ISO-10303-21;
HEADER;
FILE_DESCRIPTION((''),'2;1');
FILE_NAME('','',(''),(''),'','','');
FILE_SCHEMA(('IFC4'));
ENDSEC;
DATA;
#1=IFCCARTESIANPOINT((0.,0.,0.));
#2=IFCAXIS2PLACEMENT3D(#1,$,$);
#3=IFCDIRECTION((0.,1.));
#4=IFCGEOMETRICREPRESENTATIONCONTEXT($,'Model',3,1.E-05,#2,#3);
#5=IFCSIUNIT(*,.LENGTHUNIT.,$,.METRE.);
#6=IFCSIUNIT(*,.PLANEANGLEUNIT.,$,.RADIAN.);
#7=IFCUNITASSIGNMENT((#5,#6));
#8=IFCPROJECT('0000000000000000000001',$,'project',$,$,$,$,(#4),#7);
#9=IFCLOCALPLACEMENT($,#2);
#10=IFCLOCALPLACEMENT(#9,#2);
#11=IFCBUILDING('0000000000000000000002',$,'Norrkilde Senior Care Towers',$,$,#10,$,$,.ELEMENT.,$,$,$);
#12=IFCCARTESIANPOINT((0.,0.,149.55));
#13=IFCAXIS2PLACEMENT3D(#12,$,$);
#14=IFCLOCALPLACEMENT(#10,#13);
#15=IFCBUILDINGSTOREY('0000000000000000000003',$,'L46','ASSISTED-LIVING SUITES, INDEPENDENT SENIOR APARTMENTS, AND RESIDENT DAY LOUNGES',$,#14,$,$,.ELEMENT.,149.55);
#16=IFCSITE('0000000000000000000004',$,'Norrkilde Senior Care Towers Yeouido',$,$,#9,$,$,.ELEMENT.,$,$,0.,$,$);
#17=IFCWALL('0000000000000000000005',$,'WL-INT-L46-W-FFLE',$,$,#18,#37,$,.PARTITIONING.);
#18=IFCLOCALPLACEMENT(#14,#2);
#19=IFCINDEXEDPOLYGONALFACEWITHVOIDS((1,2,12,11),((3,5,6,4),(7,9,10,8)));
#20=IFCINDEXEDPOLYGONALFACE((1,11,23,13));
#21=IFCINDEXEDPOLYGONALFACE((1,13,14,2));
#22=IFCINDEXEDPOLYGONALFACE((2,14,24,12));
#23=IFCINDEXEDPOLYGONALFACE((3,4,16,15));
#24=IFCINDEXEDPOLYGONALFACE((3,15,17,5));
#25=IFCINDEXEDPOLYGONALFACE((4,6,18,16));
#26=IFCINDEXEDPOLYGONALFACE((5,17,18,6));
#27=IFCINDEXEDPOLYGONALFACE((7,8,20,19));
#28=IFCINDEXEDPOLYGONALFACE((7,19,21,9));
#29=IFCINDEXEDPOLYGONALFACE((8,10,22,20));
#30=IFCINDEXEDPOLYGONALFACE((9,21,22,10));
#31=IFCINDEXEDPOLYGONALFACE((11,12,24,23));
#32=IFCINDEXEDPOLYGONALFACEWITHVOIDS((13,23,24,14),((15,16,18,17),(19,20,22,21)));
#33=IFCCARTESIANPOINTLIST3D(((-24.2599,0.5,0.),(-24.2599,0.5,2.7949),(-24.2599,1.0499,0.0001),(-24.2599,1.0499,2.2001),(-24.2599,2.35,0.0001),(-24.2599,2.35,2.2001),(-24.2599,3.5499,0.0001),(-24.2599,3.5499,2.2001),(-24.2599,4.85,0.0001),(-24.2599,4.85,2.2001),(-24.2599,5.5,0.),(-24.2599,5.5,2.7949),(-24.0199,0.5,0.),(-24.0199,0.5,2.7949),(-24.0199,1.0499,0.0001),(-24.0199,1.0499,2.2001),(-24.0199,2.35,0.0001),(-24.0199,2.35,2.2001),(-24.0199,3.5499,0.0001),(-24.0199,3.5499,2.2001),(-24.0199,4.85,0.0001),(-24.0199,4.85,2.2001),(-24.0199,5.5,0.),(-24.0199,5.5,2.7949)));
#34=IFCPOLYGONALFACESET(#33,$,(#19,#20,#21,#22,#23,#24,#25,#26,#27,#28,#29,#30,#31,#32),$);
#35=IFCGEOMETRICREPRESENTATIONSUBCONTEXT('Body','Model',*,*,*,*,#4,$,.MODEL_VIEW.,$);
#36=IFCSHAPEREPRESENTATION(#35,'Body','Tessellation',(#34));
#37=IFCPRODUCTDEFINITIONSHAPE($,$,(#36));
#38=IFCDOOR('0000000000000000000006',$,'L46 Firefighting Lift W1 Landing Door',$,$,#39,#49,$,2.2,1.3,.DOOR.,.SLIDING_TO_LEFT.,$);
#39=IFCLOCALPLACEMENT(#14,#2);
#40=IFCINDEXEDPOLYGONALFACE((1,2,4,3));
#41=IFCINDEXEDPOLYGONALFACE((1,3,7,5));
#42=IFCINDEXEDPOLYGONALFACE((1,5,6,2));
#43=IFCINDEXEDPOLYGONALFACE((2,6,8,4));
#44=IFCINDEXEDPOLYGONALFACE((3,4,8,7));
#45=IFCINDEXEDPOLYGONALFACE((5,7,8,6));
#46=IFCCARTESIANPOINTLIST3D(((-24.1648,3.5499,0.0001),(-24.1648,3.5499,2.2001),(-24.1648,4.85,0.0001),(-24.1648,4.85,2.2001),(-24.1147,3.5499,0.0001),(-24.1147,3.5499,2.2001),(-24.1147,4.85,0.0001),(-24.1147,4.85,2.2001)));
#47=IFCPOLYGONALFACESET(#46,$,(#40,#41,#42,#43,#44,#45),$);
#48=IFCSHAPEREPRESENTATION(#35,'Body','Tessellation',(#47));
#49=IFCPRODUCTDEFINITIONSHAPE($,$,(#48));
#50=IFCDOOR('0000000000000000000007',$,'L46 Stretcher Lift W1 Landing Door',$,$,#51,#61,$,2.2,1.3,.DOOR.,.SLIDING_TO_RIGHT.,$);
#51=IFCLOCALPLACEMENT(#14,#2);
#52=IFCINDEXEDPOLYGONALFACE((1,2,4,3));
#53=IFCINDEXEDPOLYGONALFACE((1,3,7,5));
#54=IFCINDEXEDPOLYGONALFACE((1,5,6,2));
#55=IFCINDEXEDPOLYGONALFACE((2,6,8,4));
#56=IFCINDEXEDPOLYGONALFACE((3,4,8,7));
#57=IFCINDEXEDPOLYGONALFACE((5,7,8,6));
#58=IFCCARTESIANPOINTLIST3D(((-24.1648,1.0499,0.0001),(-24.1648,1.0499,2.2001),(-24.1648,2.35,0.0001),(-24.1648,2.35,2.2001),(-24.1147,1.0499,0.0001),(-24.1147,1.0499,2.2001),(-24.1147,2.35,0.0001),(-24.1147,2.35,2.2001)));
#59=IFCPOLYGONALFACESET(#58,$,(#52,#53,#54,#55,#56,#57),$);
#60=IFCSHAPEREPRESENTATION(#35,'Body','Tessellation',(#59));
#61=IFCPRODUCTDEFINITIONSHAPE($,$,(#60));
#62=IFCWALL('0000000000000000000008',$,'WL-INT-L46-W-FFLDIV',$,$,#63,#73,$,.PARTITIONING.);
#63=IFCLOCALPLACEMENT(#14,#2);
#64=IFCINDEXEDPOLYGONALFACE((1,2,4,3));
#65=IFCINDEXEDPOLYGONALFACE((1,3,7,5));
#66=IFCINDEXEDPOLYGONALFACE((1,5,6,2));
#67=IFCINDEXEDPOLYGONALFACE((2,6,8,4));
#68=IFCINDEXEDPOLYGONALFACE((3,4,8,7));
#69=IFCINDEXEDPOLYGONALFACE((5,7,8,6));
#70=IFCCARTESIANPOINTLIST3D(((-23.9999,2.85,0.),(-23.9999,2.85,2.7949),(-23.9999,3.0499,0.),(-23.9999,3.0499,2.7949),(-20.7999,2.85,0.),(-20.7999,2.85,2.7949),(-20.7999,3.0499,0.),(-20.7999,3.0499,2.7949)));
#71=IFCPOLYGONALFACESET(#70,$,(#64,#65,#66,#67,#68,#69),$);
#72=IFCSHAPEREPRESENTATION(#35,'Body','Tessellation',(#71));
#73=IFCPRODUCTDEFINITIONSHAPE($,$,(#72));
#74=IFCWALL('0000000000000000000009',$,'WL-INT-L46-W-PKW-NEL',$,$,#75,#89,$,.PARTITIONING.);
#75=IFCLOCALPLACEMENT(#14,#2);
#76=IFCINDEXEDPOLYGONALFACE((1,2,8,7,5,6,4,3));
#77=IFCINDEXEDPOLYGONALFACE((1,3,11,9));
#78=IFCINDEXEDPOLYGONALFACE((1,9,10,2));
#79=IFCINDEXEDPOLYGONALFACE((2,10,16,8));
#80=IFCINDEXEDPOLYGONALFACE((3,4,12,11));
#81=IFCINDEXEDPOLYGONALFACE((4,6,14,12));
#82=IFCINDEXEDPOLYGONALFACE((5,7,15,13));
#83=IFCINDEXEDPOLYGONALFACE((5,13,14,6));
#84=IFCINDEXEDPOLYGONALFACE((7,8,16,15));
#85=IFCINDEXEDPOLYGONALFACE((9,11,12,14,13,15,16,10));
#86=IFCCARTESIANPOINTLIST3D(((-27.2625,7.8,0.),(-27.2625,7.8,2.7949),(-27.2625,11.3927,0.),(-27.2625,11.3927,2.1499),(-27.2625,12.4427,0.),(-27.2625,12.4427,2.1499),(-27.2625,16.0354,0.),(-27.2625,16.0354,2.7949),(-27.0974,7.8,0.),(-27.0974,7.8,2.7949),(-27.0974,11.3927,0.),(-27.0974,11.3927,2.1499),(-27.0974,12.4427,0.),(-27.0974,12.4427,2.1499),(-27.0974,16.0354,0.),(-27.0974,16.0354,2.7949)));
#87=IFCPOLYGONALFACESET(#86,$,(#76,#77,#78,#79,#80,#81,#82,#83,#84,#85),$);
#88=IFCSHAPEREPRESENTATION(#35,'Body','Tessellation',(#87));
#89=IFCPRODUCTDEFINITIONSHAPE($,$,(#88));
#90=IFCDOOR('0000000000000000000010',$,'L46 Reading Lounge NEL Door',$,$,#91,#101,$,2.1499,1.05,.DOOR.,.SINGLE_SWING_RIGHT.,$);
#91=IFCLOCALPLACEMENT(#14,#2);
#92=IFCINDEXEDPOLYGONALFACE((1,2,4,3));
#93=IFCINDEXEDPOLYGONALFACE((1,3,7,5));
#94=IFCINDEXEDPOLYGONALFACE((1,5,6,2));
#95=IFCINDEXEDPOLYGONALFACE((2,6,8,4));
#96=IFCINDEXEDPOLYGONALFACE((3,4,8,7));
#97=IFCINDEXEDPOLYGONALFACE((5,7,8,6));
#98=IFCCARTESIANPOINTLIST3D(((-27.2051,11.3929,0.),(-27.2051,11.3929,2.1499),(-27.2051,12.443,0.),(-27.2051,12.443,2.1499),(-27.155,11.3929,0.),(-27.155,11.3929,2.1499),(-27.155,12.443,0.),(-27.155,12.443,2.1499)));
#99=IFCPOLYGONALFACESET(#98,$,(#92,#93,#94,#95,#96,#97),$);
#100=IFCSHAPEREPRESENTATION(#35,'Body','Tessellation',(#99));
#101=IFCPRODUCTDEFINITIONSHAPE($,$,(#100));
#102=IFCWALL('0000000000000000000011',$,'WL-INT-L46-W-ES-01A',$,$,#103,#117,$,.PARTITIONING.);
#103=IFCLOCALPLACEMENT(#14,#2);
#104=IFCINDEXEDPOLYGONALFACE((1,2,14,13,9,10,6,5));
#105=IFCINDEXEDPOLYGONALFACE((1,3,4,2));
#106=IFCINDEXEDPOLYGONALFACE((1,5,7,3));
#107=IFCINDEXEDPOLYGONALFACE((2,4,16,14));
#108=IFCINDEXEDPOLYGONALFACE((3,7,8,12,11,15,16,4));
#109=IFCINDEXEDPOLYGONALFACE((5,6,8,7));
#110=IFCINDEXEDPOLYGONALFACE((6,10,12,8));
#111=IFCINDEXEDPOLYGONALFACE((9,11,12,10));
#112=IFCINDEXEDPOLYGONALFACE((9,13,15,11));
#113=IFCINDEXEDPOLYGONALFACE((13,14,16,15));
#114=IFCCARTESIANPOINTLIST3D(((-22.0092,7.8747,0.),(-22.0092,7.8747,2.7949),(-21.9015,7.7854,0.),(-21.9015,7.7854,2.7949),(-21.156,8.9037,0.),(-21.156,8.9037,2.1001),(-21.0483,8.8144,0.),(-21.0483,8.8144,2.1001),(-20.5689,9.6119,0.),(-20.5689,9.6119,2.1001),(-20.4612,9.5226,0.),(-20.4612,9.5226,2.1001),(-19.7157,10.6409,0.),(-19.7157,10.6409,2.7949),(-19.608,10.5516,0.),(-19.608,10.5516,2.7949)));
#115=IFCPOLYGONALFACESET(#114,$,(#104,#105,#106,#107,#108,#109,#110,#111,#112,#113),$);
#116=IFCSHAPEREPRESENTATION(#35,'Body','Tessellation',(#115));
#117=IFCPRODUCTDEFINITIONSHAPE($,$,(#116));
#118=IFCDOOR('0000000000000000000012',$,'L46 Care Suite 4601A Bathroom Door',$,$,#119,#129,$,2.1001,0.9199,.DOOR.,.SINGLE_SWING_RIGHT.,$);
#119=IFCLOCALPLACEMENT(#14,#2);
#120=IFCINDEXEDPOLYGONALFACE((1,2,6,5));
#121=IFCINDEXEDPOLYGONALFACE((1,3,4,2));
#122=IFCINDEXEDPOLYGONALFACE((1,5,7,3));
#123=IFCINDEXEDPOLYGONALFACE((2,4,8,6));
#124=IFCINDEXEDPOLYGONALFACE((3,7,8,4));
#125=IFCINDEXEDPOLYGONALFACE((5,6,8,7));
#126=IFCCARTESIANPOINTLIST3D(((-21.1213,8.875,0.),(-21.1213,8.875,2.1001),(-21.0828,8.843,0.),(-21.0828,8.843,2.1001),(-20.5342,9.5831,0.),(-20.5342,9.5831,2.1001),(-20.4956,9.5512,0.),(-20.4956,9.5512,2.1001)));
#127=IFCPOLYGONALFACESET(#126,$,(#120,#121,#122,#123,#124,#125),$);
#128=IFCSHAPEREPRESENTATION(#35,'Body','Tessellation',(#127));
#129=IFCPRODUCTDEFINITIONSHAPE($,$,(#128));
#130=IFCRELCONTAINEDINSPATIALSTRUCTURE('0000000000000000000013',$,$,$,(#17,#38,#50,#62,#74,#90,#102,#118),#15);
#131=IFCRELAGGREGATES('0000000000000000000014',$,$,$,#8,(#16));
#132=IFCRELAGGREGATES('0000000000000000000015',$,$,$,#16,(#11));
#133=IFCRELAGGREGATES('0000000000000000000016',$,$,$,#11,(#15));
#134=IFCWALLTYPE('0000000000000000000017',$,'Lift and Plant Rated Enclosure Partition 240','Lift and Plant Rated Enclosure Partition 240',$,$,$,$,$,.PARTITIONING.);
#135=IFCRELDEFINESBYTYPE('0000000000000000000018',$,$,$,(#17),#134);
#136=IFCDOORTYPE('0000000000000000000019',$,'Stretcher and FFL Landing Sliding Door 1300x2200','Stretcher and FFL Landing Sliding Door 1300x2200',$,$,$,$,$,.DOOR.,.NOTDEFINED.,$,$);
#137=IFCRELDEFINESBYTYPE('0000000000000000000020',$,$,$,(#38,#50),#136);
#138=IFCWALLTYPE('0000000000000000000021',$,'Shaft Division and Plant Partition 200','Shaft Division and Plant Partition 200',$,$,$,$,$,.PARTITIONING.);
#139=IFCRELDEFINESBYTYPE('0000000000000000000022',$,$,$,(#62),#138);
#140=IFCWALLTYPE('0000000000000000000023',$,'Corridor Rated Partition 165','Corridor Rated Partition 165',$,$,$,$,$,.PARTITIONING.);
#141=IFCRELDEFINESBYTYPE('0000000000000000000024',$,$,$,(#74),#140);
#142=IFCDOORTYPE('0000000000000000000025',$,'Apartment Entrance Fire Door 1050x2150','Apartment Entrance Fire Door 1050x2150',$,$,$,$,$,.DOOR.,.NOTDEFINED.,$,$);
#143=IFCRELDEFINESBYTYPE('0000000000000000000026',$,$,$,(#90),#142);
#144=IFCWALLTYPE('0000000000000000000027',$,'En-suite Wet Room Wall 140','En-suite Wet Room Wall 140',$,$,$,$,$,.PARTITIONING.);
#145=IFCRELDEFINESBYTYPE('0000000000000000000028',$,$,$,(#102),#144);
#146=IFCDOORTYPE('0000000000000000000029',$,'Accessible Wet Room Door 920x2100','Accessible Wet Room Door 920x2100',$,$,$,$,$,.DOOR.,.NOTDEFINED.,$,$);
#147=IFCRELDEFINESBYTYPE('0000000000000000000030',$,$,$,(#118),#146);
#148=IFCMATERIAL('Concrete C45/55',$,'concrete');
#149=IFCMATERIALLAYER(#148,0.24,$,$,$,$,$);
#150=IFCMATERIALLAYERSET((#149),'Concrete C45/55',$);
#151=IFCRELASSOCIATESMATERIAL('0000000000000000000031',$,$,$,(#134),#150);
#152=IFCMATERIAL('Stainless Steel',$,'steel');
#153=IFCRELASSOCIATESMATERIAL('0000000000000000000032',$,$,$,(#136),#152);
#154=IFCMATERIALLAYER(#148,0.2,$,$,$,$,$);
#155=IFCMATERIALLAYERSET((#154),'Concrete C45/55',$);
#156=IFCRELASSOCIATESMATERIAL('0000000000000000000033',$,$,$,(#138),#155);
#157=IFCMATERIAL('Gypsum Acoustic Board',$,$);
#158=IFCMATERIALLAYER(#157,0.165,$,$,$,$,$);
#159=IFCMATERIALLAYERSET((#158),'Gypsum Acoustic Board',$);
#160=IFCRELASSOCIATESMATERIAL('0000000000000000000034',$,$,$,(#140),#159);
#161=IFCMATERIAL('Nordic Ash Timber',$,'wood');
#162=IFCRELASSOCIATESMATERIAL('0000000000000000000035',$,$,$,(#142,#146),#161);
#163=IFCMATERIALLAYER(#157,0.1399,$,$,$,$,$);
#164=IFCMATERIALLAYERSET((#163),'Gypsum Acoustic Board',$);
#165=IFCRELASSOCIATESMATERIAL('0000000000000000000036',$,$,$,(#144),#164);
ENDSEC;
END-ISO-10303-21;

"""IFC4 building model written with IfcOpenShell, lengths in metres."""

from ifc_helpers import new_model, si_unit, direction, frame, frame_2d, origin, place, context, subcontext, project, spatial, rectangle, extrude, source, transform, mapped, material, layer, layer_set, type_object, type_shapes, element, fill, save


model = new_model("IFC4")

# Units and contexts
model_context = context("Model", 3, precision=1e-05, world=origin(), true_north=direction((0.0, 1.0)))
body_context = subcontext(model_context, "Body", "Model", "MODEL_VIEW")
ifc_project = project(units=[si_unit("LENGTHUNIT", "METRE"), si_unit("PLANEANGLEUNIT", "RADIAN")], contexts=[model_context])

# Site, building, storey
site_placement = place(None, origin())
site = spatial("IfcSite", under=ifc_project, at=site_placement, Name="Norrkilde Senior Care Towers Yeouido", CompositionType="ELEMENT", RefElevation=0.0)
building_placement = place(site_placement, origin())
building = spatial("IfcBuilding", under=site, at=building_placement, Name="Norrkilde Senior Care Towers", CompositionType="ELEMENT")
storey_placement = place(building_placement, frame((0.0, 0.0, 149.55)))
storey = spatial("IfcBuildingStorey", under=building, at=storey_placement, Name="L46", Description="ASSISTED-LIVING SUITES, INDEPENDENT SENIOR APARTMENTS, AND RESIDENT DAY LOUNGES", CompositionType="ELEMENT", Elevation=149.55)

# Shared definitions
ifc_material_1 = material(Name="Concrete C45/55", Category="concrete")

# Wall, openings, doors
ifc_layer_1 = layer(ifc_material_1, 0.24)
ifc_layer_set_1 = layer_set([ifc_layer_1], Name="Concrete C45/55")
wall_type_1 = type_object("IfcWallType", Name="Lift and Plant Rated Enclosure Partition 240", Description="Lift and Plant Rated Enclosure Partition 240", PredefinedType="PARTITIONING", material=ifc_layer_set_1)
shared_shape_1 = source(origin(), body_context, "Body", "SweptSolid", [
    extrude(rectangle(XDim=5.0, YDim=0.24, at=frame_2d((2.5, 0.0))), origin(), (0.0, 0.0, 1.0), 2.7949),
])
type_shapes(wall_type_1, [shared_shape_1])
wall_1_placement = place(storey_placement, frame((-24.1399, 0.5, 0.0), z_axis=(0.0, 0.0, 1.0), x_axis=(0.0, 1.0, 0.0)))
wall_1 = element("IfcWall", 1, at=wall_1_placement, inside=storey, type_object=wall_type_1, Name="WL-INT-L46-W-FFLE", PredefinedType="PARTITIONING", context=body_context, shape_type="MappedRepresentation", body=[
    mapped(shared_shape_1, transform((0.0, 0.0, 0.0), x_axis=(1.0, 0.0, 0.0), y_axis=(0.0, 1.0, 0.0), z_axis=(0.0, 0.0, 1.0), scale=1.0)),
])
opening_1_placement = place(wall_1_placement, frame((3.05, 0.0, 0.0)))
opening_1 = element("IfcOpeningElement", 2, at=opening_1_placement, cuts=wall_1, PredefinedType="OPENING", context=body_context, shape_type="SweptSolid", body=[
    extrude(rectangle(XDim=1.3, YDim=2.2, at=frame_2d((0.6499, 1.1001))), frame((0.0, 0.1299, 0.0), z_axis=(0.0, -1.0, 0.0), x_axis=(1.0, 0.0, 0.0)), (0.0, 0.0, 1.0), 0.26),
])
opening_2_placement = place(wall_1_placement, frame((0.55, 0.0, 0.0)))
opening_2 = element("IfcOpeningElement", 3, at=opening_2_placement, cuts=wall_1, PredefinedType="OPENING", context=body_context, shape_type="SweptSolid", body=[
    extrude(rectangle(XDim=1.3, YDim=2.2, at=frame_2d((0.6499, 1.1001))), frame((0.0, 0.1299, 0.0), z_axis=(0.0, -1.0, 0.0), x_axis=(1.0, 0.0, 0.0)), (0.0, 0.0, 1.0), 0.26),
])
ifc_material_2 = material(Name="Stainless Steel", Category="steel")
door_type_1 = type_object("IfcDoorType", Name="Stretcher and FFL Landing Sliding Door 1300x2200", Description="Stretcher and FFL Landing Sliding Door 1300x2200", OperationType="NOTDEFINED", PredefinedType="DOOR", material=ifc_material_2)
shared_shape_2 = source(origin(), body_context, "Body", "SweptSolid", [
    extrude(rectangle(XDim=1.3, YDim=2.2, at=frame_2d((0.6499, 1.1001))), frame((0.0, 0.0249, 0.0), z_axis=(0.0, -1.0, 0.0), x_axis=(1.0, 0.0, 0.0)), (0.0, 0.0, 1.0), 0.05),
])
type_shapes(door_type_1, [shared_shape_2])
door_1_placement = place(opening_1_placement, origin())
door_1 = element("IfcDoor", 4, at=door_1_placement, inside=storey, type_object=door_type_1, Name="L46 Firefighting Lift W1 Landing Door", OperationType="SLIDING_TO_LEFT", OverallHeight=2.2, OverallWidth=1.3, PredefinedType="DOOR", context=body_context, shape_type="MappedRepresentation", body=[
    mapped(shared_shape_2, transform((0.0, 0.0, 0.0), x_axis=(1.0, 0.0, 0.0), y_axis=(0.0, 1.0, 0.0), z_axis=(0.0, 0.0, 1.0), scale=1.0)),
])
fill(opening_1, door_1)
door_2_placement = place(opening_2_placement, origin())
door_2 = element("IfcDoor", 5, at=door_2_placement, inside=storey, type_object=door_type_1, Name="L46 Stretcher Lift W1 Landing Door", OperationType="SLIDING_TO_RIGHT", OverallHeight=2.2, OverallWidth=1.3, PredefinedType="DOOR", context=body_context, shape_type="MappedRepresentation", body=[
    mapped(shared_shape_2, transform((0.0, 0.0, 0.0), x_axis=(1.0, 0.0, 0.0), y_axis=(0.0, 1.0, 0.0), z_axis=(0.0, 0.0, 1.0), scale=1.0)),
])
fill(opening_2, door_2)

# Wall
ifc_layer_2 = layer(ifc_material_1, 0.2)
ifc_layer_set_2 = layer_set([ifc_layer_2], Name="Concrete C45/55")
wall_type_2 = type_object("IfcWallType", Name="Shaft Division and Plant Partition 200", Description="Shaft Division and Plant Partition 200", PredefinedType="PARTITIONING", material=ifc_layer_set_2)
shared_shape_3 = source(origin(), body_context, "Body", "SweptSolid", [
    extrude(rectangle(XDim=3.2, YDim=0.2, at=frame_2d((1.6001, 0.0))), origin(), (0.0, 0.0, 1.0), 2.7949),
])
type_shapes(wall_type_2, [shared_shape_3])
wall_2_placement = place(storey_placement, frame((-24.0, 2.95, 0.0), z_axis=(0.0, 0.0, 1.0), x_axis=(1.0, 0.0, 0.0)))
element("IfcWall", 6, at=wall_2_placement, inside=storey, type_object=wall_type_2, Name="WL-INT-L46-W-FFLDIV", PredefinedType="PARTITIONING", context=body_context, shape_type="MappedRepresentation", body=[
    mapped(shared_shape_3, transform((0.0, 0.0, 0.0), x_axis=(1.0, 0.0, 0.0), y_axis=(0.0, 1.0, 0.0), z_axis=(0.0, 0.0, 1.0), scale=1.0)),
])

# Shared definitions
ifc_material_3 = material(Name="Gypsum Acoustic Board")
ifc_layer_3 = layer(ifc_material_3, 0.165)
ifc_layer_set_3 = layer_set([ifc_layer_3], Name="Gypsum Acoustic Board")
wall_type_3 = type_object("IfcWallType", Name="Corridor Rated Partition 165", Description="Corridor Rated Partition 165", PredefinedType="PARTITIONING", material=ifc_layer_set_3)
ifc_material_4 = material(Name="Nordic Ash Timber", Category="wood")
door_type_2 = type_object("IfcDoorType", Name="Apartment Entrance Fire Door 1050x2150", Description="Apartment Entrance Fire Door 1050x2150", OperationType="NOTDEFINED", PredefinedType="DOOR", material=ifc_material_4)
shared_shape_4 = source(origin(), body_context, "Body", "SweptSolid", [
    extrude(rectangle(XDim=1.05, YDim=2.1499, at=frame_2d((0.5249, 1.075))), frame((0.0, 0.0249, 0.0), z_axis=(0.0, -1.0, 0.0), x_axis=(1.0, 0.0, 0.0)), (0.0, 0.0, 1.0), 0.05),
])
type_shapes(door_type_2, [shared_shape_4])

# Walls, openings, doors
shared_shape_5 = source(origin(), body_context, "Body", "SweptSolid", [
    extrude(rectangle(XDim=8.2354, YDim=0.165, at=frame_2d((4.1177, 0.0))), origin(), (0.0, 0.0, 1.0), 2.7949),
])
wall_3_placement = place(storey_placement, frame((-27.1799, 7.8, 0.0), z_axis=(0.0, 0.0, 1.0), x_axis=(0.0, 1.0, 0.0)))
wall_3 = element("IfcWall", 7, at=wall_3_placement, inside=storey, type_object=wall_type_3, Name="WL-INT-L46-W-PKW-NEL", PredefinedType="PARTITIONING", context=body_context, shape_type="MappedRepresentation", body=[
    mapped(shared_shape_5, transform((0.0, 0.0, 0.0), x_axis=(1.0, 0.0, 0.0), y_axis=(0.0, 1.0, 0.0), z_axis=(0.0, 0.0, 1.0), scale=1.0)),
])
opening_3_placement = place(wall_3_placement, frame((3.5928, 0.0, 0.0)))
opening_3 = element("IfcOpeningElement", 8, at=opening_3_placement, cuts=wall_3, PredefinedType="OPENING", context=body_context, shape_type="SweptSolid", body=[
    extrude(rectangle(XDim=1.05, YDim=2.1499, at=frame_2d((0.5249, 1.075))), frame((0.0, 0.0925, 0.0), z_axis=(0.0, -1.0, 0.0), x_axis=(1.0, 0.0, 0.0)), (0.0, 0.0, 1.0), 0.1851),
])
door_3_placement = place(opening_3_placement, frame((1.05, 0.0, 0.0), z_axis=(0.0, 0.0, 1.0), x_axis=(-1.0, 0.0, 0.0)))
door_3 = element("IfcDoor", 9, at=door_3_placement, inside=storey, type_object=door_type_2, Name="L46 Reading Lounge NEL Door", OperationType="SINGLE_SWING_RIGHT", OverallHeight=2.1499, OverallWidth=1.05, PredefinedType="DOOR", context=body_context, shape_type="MappedRepresentation", body=[
    mapped(shared_shape_4, transform((0.0, 0.0, 0.0), x_axis=(1.0, 0.0, 0.0), y_axis=(0.0, 1.0, 0.0), z_axis=(0.0, 0.0, 1.0), scale=1.0)),
])
fill(opening_3, door_3)
ifc_layer_4 = layer(ifc_material_3, 0.1399)
ifc_layer_set_4 = layer_set([ifc_layer_4], Name="Gypsum Acoustic Board")
wall_type_4 = type_object("IfcWallType", Name="En-suite Wet Room Wall 140", Description="En-suite Wet Room Wall 140", PredefinedType="PARTITIONING", material=ifc_layer_set_4)
shared_shape_6 = source(origin(), body_context, "Body", "SweptSolid", [
    extrude(rectangle(XDim=3.5933, YDim=0.1399, at=frame_2d((1.7966, 0.0))), origin(), (0.0, 0.0, 1.0), 2.7949),
])
type_shapes(wall_type_4, [shared_shape_6])
wall_4_placement = place(storey_placement, frame((-21.9553, 7.8301, 0.0), z_axis=(0.0, 0.0, 1.0), x_axis=(0.638271, 0.769812, 0.0)))
wall_4 = element("IfcWall", 10, at=wall_4_placement, inside=storey, type_object=wall_type_4, Name="WL-INT-L46-W-ES-01A", PredefinedType="PARTITIONING", context=body_context, shape_type="MappedRepresentation", body=[
    mapped(shared_shape_6, transform((0.0, 0.0, 0.0), x_axis=(1.0, 0.0, 0.0), y_axis=(0.0, 1.0, 0.0), z_axis=(0.0, 0.0, 1.0), scale=1.0)),
])
opening_4_placement = place(wall_4_placement, frame((1.3367, 0.0, 0.0)))
opening_4 = element("IfcOpeningElement", 11, at=opening_4_placement, cuts=wall_4, PredefinedType="OPENING", context=body_context, shape_type="SweptSolid", body=[
    extrude(rectangle(XDim=0.9199, YDim=2.1001, at=frame_2d((0.46, 1.05))), frame((0.0, 0.0798, 0.0), z_axis=(0.0, -1.0, 0.0), x_axis=(1.0, 0.0, 0.0)), (0.0, 0.0, 1.0), 0.1599),
])
door_type_3 = type_object("IfcDoorType", Name="Accessible Wet Room Door 920x2100", Description="Accessible Wet Room Door 920x2100", OperationType="NOTDEFINED", PredefinedType="DOOR", material=ifc_material_4)
shared_shape_7 = source(origin(), body_context, "Body", "SweptSolid", [
    extrude(rectangle(XDim=0.9199, YDim=2.1001, at=frame_2d((0.46, 1.05))), frame((0.0, 0.0249, 0.0), z_axis=(0.0, -1.0, 0.0), x_axis=(1.0, 0.0, 0.0)), (0.0, 0.0, 1.0), 0.05),
])
type_shapes(door_type_3, [shared_shape_7])
door_4_placement = place(opening_4_placement, origin())
door_4 = element("IfcDoor", 12, at=door_4_placement, inside=storey, type_object=door_type_3, Name="L46 Care Suite 4601A Bathroom Door", OperationType="SINGLE_SWING_RIGHT", OverallHeight=2.1001, OverallWidth=0.9199, PredefinedType="DOOR", context=body_context, shape_type="MappedRepresentation", body=[
    mapped(shared_shape_7, transform((0.0, 0.0, 0.0), x_axis=(1.0, 0.0, 0.0), y_axis=(0.0, 1.0, 0.0), z_axis=(0.0, 0.0, 1.0), scale=1.0)),
])
fill(opening_4, door_4)

save(model, "model.ifc")
